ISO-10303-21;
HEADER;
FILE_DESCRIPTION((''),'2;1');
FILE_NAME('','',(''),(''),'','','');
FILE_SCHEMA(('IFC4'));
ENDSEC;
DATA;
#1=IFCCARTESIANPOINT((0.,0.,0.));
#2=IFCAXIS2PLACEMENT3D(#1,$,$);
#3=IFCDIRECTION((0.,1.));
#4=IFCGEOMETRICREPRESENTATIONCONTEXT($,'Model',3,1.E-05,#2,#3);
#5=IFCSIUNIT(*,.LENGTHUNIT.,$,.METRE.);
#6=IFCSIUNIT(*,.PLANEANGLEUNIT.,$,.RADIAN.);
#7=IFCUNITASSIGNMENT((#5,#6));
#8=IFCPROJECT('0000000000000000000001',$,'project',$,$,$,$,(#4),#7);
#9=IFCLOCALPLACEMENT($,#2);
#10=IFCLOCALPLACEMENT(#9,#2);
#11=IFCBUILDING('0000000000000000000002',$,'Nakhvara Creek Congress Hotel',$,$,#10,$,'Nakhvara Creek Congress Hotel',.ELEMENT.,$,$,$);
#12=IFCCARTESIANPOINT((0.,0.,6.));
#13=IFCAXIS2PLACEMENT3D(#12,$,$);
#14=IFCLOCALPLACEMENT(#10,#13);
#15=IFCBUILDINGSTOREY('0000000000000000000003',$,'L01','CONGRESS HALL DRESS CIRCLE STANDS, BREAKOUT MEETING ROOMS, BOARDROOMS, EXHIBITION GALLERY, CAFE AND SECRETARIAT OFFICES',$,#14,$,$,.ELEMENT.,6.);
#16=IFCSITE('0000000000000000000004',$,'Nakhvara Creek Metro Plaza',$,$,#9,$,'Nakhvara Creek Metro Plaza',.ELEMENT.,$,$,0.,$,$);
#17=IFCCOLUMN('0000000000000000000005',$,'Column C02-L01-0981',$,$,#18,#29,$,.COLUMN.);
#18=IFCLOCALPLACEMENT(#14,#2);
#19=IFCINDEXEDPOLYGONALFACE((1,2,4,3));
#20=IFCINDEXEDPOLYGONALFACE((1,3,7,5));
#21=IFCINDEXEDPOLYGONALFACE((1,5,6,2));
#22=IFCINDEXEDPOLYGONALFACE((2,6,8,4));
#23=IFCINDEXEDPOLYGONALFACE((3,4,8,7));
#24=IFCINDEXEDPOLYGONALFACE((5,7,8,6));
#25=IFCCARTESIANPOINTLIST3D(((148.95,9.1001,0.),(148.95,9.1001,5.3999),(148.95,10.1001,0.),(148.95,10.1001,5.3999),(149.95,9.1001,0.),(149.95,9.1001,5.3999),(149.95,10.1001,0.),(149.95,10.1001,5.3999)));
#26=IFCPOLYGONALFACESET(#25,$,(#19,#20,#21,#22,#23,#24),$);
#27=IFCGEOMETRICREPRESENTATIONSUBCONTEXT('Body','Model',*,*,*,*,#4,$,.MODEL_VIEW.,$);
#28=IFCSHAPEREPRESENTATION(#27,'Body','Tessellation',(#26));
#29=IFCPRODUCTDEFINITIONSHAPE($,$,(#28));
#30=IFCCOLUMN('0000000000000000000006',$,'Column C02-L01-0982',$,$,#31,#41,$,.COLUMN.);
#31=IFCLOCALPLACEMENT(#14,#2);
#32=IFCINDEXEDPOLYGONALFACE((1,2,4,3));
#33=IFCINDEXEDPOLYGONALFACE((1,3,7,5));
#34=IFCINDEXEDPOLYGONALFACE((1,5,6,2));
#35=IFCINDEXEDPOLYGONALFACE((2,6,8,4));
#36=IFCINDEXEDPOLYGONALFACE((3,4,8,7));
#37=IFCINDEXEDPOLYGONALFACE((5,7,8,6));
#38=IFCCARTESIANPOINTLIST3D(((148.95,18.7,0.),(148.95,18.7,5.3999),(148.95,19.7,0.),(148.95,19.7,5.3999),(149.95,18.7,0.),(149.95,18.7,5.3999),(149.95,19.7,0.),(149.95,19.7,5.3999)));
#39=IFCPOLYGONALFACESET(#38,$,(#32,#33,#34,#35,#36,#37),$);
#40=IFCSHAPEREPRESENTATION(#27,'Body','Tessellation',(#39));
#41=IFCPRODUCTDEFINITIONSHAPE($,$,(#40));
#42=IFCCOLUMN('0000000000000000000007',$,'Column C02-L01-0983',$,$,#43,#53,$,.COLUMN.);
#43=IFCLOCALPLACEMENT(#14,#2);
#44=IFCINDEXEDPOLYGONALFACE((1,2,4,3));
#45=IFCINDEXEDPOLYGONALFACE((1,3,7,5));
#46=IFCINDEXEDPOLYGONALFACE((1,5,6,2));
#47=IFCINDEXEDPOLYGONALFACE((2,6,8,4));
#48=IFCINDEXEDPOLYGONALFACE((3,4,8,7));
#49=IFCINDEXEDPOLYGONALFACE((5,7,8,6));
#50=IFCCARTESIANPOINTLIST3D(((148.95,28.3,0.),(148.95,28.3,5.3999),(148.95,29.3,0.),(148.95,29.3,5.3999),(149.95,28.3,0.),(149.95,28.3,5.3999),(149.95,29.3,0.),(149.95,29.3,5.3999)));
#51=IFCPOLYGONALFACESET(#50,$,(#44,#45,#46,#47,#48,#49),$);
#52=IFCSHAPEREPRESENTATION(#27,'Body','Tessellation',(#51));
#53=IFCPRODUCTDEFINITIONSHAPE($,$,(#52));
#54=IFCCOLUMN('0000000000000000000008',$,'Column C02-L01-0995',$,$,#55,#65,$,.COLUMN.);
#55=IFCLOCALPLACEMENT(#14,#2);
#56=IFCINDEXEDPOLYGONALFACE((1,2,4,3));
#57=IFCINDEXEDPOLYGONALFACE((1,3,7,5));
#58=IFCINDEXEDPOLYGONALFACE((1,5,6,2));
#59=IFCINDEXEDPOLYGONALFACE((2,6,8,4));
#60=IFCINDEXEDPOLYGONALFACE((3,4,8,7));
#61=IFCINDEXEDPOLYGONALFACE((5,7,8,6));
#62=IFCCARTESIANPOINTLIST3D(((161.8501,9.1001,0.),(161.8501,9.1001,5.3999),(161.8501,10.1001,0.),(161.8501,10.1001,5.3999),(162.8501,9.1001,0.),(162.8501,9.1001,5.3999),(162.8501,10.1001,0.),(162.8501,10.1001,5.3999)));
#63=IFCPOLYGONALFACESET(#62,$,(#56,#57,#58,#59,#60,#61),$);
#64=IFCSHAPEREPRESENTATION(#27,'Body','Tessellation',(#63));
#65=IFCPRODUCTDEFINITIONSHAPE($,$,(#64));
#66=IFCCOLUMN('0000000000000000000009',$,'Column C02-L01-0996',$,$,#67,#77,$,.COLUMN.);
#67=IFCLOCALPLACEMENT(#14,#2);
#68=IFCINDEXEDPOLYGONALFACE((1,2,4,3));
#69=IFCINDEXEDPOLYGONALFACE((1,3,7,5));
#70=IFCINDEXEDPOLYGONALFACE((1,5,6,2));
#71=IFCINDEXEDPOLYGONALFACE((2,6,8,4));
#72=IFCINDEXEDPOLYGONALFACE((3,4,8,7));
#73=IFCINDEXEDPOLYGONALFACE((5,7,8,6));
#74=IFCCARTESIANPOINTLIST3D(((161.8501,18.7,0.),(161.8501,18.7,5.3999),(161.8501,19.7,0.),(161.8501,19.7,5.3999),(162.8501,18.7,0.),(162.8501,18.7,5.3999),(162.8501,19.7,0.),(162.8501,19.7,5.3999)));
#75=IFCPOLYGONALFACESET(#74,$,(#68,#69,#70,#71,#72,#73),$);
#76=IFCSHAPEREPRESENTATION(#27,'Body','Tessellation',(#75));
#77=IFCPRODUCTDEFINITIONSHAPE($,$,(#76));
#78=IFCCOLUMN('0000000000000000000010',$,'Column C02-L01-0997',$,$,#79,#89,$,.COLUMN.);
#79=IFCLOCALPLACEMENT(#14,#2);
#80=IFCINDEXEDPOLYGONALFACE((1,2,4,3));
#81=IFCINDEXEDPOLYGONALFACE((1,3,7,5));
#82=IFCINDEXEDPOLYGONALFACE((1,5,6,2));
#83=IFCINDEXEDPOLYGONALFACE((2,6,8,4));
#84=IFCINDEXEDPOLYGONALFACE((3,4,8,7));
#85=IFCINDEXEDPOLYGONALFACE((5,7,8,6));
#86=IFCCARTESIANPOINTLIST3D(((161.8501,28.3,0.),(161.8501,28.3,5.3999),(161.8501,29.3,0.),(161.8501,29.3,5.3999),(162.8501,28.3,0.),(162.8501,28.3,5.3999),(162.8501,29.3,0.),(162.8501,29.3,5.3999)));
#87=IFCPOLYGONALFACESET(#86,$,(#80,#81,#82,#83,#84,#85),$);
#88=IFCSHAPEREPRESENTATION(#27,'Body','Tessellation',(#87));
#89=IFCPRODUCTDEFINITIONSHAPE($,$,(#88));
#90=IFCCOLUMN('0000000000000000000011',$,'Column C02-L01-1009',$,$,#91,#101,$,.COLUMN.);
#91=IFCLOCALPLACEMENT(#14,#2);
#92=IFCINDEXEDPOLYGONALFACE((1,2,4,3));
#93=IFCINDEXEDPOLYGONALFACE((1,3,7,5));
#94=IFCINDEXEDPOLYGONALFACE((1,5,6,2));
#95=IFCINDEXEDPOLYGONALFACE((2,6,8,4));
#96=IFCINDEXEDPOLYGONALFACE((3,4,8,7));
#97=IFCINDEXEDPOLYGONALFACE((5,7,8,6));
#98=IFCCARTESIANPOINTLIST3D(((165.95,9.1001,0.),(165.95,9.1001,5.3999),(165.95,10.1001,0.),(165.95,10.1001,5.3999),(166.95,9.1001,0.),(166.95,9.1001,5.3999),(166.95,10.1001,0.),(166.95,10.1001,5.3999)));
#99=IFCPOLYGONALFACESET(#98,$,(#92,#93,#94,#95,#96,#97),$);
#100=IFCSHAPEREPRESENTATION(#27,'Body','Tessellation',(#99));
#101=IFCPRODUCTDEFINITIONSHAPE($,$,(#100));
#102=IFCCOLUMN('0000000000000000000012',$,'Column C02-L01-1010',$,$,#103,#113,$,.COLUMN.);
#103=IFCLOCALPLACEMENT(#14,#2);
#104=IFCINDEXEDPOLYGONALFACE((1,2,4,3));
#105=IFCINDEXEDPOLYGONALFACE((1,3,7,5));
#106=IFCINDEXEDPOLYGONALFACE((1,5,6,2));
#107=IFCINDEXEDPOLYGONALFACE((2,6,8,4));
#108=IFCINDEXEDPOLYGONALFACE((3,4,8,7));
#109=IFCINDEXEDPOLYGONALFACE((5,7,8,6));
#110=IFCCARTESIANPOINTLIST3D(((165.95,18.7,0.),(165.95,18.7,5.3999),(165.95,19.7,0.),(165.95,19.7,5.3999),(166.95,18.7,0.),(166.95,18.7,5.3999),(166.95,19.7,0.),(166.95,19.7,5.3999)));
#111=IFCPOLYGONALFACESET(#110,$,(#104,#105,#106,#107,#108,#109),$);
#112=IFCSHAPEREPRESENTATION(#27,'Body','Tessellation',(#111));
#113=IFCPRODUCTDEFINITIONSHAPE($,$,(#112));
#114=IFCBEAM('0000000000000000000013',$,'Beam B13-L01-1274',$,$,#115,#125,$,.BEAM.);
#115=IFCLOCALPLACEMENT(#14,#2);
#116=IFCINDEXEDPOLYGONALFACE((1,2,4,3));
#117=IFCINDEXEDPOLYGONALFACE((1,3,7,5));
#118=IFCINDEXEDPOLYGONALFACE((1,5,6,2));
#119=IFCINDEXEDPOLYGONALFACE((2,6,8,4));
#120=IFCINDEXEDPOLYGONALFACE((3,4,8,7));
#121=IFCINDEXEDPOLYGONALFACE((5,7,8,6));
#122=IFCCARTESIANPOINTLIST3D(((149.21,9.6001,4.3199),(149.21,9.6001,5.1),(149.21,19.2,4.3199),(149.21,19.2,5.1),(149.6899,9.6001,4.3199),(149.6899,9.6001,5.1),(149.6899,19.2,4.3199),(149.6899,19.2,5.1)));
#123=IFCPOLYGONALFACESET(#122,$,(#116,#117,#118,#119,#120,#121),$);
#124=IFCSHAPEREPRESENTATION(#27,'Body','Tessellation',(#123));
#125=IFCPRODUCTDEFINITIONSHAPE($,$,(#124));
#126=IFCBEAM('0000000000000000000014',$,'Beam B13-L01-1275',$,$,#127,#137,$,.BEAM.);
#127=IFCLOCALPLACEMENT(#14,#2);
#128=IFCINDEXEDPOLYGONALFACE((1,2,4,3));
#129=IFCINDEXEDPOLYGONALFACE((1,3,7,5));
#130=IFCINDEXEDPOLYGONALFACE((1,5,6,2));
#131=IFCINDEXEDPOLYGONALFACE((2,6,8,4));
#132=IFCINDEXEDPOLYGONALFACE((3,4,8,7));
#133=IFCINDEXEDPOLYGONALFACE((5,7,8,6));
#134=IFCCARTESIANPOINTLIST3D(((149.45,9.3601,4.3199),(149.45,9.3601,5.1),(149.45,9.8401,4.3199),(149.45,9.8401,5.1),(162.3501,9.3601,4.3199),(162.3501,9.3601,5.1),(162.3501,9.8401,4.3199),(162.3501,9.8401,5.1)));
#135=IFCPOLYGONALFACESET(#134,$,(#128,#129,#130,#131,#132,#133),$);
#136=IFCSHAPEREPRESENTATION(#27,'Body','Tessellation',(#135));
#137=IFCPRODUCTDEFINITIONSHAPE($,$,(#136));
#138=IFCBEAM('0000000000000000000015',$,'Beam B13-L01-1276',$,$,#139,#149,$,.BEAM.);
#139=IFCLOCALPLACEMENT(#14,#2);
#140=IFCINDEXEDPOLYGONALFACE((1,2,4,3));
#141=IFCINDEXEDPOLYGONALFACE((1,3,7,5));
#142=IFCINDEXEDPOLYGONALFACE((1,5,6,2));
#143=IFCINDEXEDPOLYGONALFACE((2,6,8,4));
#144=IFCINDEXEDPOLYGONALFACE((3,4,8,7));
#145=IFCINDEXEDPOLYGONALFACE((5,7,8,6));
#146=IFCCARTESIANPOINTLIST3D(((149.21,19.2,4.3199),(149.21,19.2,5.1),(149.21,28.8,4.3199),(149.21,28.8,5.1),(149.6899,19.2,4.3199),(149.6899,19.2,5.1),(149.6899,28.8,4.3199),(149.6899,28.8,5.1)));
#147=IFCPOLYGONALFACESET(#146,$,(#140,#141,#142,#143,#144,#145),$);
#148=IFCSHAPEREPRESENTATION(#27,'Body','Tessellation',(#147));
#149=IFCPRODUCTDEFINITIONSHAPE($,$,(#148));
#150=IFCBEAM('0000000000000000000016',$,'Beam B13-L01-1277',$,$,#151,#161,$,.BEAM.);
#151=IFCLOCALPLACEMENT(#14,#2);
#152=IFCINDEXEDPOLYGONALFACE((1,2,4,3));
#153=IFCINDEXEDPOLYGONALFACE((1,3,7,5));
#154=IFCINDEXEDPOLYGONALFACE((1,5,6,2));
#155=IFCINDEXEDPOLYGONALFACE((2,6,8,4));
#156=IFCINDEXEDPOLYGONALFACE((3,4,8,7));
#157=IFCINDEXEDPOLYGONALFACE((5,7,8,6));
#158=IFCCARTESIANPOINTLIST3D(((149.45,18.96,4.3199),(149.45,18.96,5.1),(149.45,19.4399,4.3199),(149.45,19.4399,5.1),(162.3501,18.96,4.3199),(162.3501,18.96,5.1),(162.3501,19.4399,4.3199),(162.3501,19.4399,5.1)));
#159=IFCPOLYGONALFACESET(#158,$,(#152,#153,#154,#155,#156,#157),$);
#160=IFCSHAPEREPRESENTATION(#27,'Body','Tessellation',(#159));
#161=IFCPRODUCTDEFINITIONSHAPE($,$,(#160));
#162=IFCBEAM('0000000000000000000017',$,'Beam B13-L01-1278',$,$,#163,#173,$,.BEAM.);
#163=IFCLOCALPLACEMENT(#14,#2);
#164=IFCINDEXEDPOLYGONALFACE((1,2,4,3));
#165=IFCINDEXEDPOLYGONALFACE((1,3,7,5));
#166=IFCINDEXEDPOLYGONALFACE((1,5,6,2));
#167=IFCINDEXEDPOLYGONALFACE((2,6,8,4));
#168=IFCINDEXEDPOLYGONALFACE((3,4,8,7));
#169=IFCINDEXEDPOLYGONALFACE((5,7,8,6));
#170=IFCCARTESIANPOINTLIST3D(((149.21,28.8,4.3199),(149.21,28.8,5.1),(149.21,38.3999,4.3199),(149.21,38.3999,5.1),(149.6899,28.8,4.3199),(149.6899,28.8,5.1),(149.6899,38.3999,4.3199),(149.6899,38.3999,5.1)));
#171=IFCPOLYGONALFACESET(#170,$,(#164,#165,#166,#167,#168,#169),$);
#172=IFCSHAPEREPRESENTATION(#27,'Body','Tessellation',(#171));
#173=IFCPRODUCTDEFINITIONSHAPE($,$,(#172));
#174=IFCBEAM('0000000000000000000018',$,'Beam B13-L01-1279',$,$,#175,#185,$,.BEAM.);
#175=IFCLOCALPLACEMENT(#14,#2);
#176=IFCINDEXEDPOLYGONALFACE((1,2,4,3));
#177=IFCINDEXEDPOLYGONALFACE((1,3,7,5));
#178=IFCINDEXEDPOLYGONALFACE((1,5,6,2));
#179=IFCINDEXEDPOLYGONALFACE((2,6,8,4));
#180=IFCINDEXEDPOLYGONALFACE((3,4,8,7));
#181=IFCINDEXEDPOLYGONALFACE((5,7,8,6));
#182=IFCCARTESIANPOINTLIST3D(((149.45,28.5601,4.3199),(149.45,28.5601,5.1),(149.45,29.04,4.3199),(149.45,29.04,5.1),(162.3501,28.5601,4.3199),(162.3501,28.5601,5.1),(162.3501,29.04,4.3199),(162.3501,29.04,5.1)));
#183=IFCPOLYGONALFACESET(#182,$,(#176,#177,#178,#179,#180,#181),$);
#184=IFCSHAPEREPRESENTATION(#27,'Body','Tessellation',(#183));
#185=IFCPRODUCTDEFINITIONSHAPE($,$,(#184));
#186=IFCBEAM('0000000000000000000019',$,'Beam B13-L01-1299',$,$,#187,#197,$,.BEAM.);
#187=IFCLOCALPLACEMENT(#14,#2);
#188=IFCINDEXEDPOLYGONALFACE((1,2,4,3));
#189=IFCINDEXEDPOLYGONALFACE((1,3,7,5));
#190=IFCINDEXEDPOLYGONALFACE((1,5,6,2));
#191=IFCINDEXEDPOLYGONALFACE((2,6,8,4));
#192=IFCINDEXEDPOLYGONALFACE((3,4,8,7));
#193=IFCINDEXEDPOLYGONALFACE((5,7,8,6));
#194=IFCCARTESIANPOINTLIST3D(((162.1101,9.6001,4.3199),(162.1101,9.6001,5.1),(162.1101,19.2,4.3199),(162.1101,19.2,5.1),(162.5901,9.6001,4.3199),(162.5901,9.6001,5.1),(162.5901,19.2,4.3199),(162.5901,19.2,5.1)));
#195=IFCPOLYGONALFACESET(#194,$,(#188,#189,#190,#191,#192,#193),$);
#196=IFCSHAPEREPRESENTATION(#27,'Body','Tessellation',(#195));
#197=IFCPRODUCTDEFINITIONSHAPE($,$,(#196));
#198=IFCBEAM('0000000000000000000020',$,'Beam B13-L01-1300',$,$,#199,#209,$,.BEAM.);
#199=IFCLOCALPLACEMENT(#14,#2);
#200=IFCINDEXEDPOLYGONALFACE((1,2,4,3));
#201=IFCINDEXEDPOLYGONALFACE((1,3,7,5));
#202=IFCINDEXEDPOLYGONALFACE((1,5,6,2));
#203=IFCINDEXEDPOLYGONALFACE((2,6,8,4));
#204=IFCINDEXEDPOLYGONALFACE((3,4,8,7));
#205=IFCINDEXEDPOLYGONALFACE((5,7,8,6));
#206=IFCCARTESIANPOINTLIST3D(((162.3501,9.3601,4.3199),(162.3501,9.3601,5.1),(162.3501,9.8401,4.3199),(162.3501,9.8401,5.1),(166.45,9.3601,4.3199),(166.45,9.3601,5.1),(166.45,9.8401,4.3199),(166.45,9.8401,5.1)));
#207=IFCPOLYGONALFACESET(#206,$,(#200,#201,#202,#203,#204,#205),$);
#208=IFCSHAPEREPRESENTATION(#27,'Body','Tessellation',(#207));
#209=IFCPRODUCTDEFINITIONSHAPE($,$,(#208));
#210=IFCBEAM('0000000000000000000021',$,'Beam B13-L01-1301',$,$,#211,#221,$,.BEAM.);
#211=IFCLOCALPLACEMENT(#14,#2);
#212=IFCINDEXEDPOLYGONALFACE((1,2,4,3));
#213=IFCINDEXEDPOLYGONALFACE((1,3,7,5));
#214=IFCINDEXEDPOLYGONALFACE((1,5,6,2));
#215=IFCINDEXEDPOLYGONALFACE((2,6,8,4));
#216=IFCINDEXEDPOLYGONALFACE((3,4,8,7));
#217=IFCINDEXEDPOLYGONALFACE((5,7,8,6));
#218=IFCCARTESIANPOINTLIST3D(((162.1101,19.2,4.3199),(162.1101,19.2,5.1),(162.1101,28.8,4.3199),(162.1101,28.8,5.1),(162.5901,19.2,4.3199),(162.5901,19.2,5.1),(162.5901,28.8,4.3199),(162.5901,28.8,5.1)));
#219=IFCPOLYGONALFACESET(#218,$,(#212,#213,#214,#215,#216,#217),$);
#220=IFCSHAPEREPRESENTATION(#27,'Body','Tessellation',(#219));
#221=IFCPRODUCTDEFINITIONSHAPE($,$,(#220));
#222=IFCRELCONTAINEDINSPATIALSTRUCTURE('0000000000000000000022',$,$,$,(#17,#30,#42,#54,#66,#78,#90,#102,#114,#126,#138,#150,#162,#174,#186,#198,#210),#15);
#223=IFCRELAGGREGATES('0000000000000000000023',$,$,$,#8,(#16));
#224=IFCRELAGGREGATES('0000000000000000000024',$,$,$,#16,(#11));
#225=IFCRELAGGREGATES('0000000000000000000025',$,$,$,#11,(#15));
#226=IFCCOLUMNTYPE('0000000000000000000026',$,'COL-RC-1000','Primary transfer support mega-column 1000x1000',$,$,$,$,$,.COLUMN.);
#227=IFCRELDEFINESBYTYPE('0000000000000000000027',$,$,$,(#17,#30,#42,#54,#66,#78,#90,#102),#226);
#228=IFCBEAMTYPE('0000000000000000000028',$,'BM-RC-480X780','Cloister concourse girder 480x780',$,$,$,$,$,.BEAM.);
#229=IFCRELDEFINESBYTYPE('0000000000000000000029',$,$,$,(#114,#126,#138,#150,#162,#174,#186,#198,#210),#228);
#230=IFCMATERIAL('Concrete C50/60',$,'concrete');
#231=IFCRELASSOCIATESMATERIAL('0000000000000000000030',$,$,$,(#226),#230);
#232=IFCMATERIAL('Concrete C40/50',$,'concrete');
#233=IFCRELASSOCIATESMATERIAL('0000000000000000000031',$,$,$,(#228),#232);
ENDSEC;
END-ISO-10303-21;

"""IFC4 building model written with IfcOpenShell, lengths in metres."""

from ifc_helpers import new_model, si_unit, direction, frame, origin, origin_2d, place, context, subcontext, project, spatial, rectangle, extrude, material, material_profile, profile_set, type_object, element, save


model = new_model("IFC4")

# Units and contexts
model_context = context("Model", 3, precision=1e-05, world=origin(), true_north=direction((0.0, 1.0)))
body_context = subcontext(model_context, "Body", "Model", "MODEL_VIEW")
ifc_project = project(units=[si_unit("LENGTHUNIT", "METRE"), si_unit("PLANEANGLEUNIT", "RADIAN")], contexts=[model_context])

# Site, building, storey
site_placement = place(None, origin())
site = spatial("IfcSite", under=ifc_project, at=site_placement, Name="Nakhvara Creek Metro Plaza", LongName="Nakhvara Creek Metro Plaza", CompositionType="ELEMENT", RefElevation=0.0)
building_placement = place(site_placement, origin())
building = spatial("IfcBuilding", under=site, at=building_placement, Name="Nakhvara Creek Congress Hotel", LongName="Nakhvara Creek Congress Hotel", CompositionType="ELEMENT")
storey_placement = place(building_placement, frame((0.0, 0.0, 6.0)))
storey = spatial("IfcBuildingStorey", under=building, at=storey_placement, Name="L01", Description="CONGRESS HALL DRESS CIRCLE STANDS, BREAKOUT MEETING ROOMS, BOARDROOMS, EXHIBITION GALLERY, CAFE AND SECRETARIAT OFFICES", CompositionType="ELEMENT", Elevation=6.0)

# Columns
ifc_material_1 = material(Name="Concrete C50/60", Category="concrete")
ifc_material_profile_1 = material_profile(ifc_material_1, rectangle(XDim=1.0, YDim=1.0, at=origin_2d()), Name="RC-COL 1000x1000", Category="LoadBearing")
ifc_profile_set_1 = profile_set([ifc_material_profile_1], Name="Concrete C50/60")
column_type = type_object("IfcColumnType", Name="COL-RC-1000", Description="Primary transfer support mega-column 1000x1000", PredefinedType="COLUMN", material=ifc_profile_set_1)
for number, where, z_axis, x_axis, name in (
    (1, (149.45, 9.6001, 0.0), (0.0, 0.0, 1.0), (1.0, 0.0, 0.0), "Column C02-L01-0981"),
    (2, (149.45, 19.2, 0.0), (0.0, 0.0, 1.0), (1.0, 0.0, 0.0), "Column C02-L01-0982"),
    (3, (149.45, 28.8, 0.0), (0.0, 0.0, 1.0), (1.0, 0.0, 0.0), "Column C02-L01-0983"),
    (4, (162.3501, 9.6001, 0.0), (0.0, 0.0, 1.0), (1.0, 0.0, 0.0), "Column C02-L01-0995"),
    (5, (162.3501, 19.2, 0.0), (0.0, 0.0, 1.0), (1.0, 0.0, 0.0), "Column C02-L01-0996"),
    (6, (162.3501, 28.8, 0.0), (0.0, 0.0, 1.0), (1.0, 0.0, 0.0), "Column C02-L01-0997"),
    (7, (166.45, 9.6001, 0.0), (0.0, 0.0, 1.0), (1.0, 0.0, 0.0), "Column C02-L01-1009"),
    (8, (166.45, 19.2, 0.0), (0.0, 0.0, 1.0), (1.0, 0.0, 0.0), "Column C02-L01-1010"),
):
    element("IfcColumn", number, at=place(storey_placement, frame(where, z_axis=z_axis, x_axis=x_axis)), inside=storey, type_object=column_type, Name=name, PredefinedType="COLUMN", context=body_context, shape_type="SweptSolid", body=[
        extrude(rectangle(XDim=1.0, YDim=1.0, at=origin_2d()), origin(), (0.0, 0.0, 1.0), 5.3999),
    ])

# Beams
ifc_material_2 = material(Name="Concrete C40/50", Category="concrete")
ifc_material_profile_2 = material_profile(ifc_material_2, rectangle(XDim=0.48, YDim=0.78, at=origin_2d()), Name="RC-BM 480x780", Category="LoadBearing")
ifc_profile_set_2 = profile_set([ifc_material_profile_2], Name="Concrete C40/50")
beam_type = type_object("IfcBeamType", Name="BM-RC-480X780", Description="Cloister concourse girder 480x780", PredefinedType="BEAM", material=ifc_profile_set_2)
beam_1_placement = place(storey_placement, frame((149.45, 9.6001, 4.71), z_axis=(0.0, 1.0, 0.0), x_axis=(-1.0, 0.0, 0.0)))
element("IfcBeam", 9, at=beam_1_placement, inside=storey, type_object=beam_type, Name="Beam B13-L01-1274", PredefinedType="BEAM", context=body_context, shape_type="SweptSolid", body=[
    extrude(rectangle(XDim=0.48, YDim=0.78, at=origin_2d()), origin(), (0.0, 0.0, 1.0), 9.5999),
])
beam_2_placement = place(storey_placement, frame((149.45, 9.6001, 4.71), z_axis=(1.0, 0.0, 0.0), x_axis=(0.0, 1.0, 0.0)))
element("IfcBeam", 10, at=beam_2_placement, inside=storey, type_object=beam_type, Name="Beam B13-L01-1275", PredefinedType="BEAM", context=body_context, shape_type="SweptSolid", body=[
    extrude(rectangle(XDim=0.48, YDim=0.78, at=origin_2d()), origin(), (0.0, 0.0, 1.0), 12.9001),
])
beam_3_placement = place(storey_placement, frame((149.45, 19.2, 4.71), z_axis=(0.0, 1.0, 0.0), x_axis=(-1.0, 0.0, 0.0)))
element("IfcBeam", 11, at=beam_3_placement, inside=storey, type_object=beam_type, Name="Beam B13-L01-1276", PredefinedType="BEAM", context=body_context, shape_type="SweptSolid", body=[
    extrude(rectangle(XDim=0.48, YDim=0.78, at=origin_2d()), origin(), (0.0, 0.0, 1.0), 9.6001),
])
beam_4_placement = place(storey_placement, frame((149.45, 19.2, 4.71), z_axis=(1.0, 0.0, 0.0), x_axis=(0.0, 1.0, 0.0)))
element("IfcBeam", 12, at=beam_4_placement, inside=storey, type_object=beam_type, Name="Beam B13-L01-1277", PredefinedType="BEAM", context=body_context, shape_type="SweptSolid", body=[
    extrude(rectangle(XDim=0.48, YDim=0.78, at=origin_2d()), origin(), (0.0, 0.0, 1.0), 12.9001),
])
beam_5_placement = place(storey_placement, frame((149.45, 28.8, 4.71), z_axis=(0.0, 1.0, 0.0), x_axis=(-1.0, 0.0, 0.0)))
element("IfcBeam", 13, at=beam_5_placement, inside=storey, type_object=beam_type, Name="Beam B13-L01-1278", PredefinedType="BEAM", context=body_context, shape_type="SweptSolid", body=[
    extrude(rectangle(XDim=0.48, YDim=0.78, at=origin_2d()), origin(), (0.0, 0.0, 1.0), 9.5999),
])
beam_6_placement = place(storey_placement, frame((149.45, 28.8, 4.71), z_axis=(1.0, 0.0, 0.0), x_axis=(0.0, 1.0, 0.0)))
element("IfcBeam", 14, at=beam_6_placement, inside=storey, type_object=beam_type, Name="Beam B13-L01-1279", PredefinedType="BEAM", context=body_context, shape_type="SweptSolid", body=[
    extrude(rectangle(XDim=0.48, YDim=0.78, at=origin_2d()), origin(), (0.0, 0.0, 1.0), 12.9001),
])
beam_7_placement = place(storey_placement, frame((162.3501, 9.6001, 4.71), z_axis=(0.0, 1.0, 0.0), x_axis=(-1.0, 0.0, 0.0)))
element("IfcBeam", 15, at=beam_7_placement, inside=storey, type_object=beam_type, Name="Beam B13-L01-1299", PredefinedType="BEAM", context=body_context, shape_type="SweptSolid", body=[
    extrude(rectangle(XDim=0.48, YDim=0.78, at=origin_2d()), origin(), (0.0, 0.0, 1.0), 9.5999),
])
beam_8_placement = place(storey_placement, frame((162.3501, 9.6001, 4.71), z_axis=(1.0, 0.0, 0.0), x_axis=(0.0, 1.0, 0.0)))
element("IfcBeam", 16, at=beam_8_placement, inside=storey, type_object=beam_type, Name="Beam B13-L01-1300", PredefinedType="BEAM", context=body_context, shape_type="SweptSolid", body=[
    extrude(rectangle(XDim=0.48, YDim=0.78, at=origin_2d()), origin(), (0.0, 0.0, 1.0), 4.0999),
])
beam_9_placement = place(storey_placement, frame((162.3501, 19.2, 4.71), z_axis=(0.0, 1.0, 0.0), x_axis=(-1.0, 0.0, 0.0)))
element("IfcBeam", 17, at=beam_9_placement, inside=storey, type_object=beam_type, Name="Beam B13-L01-1301", PredefinedType="BEAM", context=body_context, shape_type="SweptSolid", body=[
    extrude(rectangle(XDim=0.48, YDim=0.78, at=origin_2d()), origin(), (0.0, 0.0, 1.0), 9.6001),
])

save(model, "model.ifc")
